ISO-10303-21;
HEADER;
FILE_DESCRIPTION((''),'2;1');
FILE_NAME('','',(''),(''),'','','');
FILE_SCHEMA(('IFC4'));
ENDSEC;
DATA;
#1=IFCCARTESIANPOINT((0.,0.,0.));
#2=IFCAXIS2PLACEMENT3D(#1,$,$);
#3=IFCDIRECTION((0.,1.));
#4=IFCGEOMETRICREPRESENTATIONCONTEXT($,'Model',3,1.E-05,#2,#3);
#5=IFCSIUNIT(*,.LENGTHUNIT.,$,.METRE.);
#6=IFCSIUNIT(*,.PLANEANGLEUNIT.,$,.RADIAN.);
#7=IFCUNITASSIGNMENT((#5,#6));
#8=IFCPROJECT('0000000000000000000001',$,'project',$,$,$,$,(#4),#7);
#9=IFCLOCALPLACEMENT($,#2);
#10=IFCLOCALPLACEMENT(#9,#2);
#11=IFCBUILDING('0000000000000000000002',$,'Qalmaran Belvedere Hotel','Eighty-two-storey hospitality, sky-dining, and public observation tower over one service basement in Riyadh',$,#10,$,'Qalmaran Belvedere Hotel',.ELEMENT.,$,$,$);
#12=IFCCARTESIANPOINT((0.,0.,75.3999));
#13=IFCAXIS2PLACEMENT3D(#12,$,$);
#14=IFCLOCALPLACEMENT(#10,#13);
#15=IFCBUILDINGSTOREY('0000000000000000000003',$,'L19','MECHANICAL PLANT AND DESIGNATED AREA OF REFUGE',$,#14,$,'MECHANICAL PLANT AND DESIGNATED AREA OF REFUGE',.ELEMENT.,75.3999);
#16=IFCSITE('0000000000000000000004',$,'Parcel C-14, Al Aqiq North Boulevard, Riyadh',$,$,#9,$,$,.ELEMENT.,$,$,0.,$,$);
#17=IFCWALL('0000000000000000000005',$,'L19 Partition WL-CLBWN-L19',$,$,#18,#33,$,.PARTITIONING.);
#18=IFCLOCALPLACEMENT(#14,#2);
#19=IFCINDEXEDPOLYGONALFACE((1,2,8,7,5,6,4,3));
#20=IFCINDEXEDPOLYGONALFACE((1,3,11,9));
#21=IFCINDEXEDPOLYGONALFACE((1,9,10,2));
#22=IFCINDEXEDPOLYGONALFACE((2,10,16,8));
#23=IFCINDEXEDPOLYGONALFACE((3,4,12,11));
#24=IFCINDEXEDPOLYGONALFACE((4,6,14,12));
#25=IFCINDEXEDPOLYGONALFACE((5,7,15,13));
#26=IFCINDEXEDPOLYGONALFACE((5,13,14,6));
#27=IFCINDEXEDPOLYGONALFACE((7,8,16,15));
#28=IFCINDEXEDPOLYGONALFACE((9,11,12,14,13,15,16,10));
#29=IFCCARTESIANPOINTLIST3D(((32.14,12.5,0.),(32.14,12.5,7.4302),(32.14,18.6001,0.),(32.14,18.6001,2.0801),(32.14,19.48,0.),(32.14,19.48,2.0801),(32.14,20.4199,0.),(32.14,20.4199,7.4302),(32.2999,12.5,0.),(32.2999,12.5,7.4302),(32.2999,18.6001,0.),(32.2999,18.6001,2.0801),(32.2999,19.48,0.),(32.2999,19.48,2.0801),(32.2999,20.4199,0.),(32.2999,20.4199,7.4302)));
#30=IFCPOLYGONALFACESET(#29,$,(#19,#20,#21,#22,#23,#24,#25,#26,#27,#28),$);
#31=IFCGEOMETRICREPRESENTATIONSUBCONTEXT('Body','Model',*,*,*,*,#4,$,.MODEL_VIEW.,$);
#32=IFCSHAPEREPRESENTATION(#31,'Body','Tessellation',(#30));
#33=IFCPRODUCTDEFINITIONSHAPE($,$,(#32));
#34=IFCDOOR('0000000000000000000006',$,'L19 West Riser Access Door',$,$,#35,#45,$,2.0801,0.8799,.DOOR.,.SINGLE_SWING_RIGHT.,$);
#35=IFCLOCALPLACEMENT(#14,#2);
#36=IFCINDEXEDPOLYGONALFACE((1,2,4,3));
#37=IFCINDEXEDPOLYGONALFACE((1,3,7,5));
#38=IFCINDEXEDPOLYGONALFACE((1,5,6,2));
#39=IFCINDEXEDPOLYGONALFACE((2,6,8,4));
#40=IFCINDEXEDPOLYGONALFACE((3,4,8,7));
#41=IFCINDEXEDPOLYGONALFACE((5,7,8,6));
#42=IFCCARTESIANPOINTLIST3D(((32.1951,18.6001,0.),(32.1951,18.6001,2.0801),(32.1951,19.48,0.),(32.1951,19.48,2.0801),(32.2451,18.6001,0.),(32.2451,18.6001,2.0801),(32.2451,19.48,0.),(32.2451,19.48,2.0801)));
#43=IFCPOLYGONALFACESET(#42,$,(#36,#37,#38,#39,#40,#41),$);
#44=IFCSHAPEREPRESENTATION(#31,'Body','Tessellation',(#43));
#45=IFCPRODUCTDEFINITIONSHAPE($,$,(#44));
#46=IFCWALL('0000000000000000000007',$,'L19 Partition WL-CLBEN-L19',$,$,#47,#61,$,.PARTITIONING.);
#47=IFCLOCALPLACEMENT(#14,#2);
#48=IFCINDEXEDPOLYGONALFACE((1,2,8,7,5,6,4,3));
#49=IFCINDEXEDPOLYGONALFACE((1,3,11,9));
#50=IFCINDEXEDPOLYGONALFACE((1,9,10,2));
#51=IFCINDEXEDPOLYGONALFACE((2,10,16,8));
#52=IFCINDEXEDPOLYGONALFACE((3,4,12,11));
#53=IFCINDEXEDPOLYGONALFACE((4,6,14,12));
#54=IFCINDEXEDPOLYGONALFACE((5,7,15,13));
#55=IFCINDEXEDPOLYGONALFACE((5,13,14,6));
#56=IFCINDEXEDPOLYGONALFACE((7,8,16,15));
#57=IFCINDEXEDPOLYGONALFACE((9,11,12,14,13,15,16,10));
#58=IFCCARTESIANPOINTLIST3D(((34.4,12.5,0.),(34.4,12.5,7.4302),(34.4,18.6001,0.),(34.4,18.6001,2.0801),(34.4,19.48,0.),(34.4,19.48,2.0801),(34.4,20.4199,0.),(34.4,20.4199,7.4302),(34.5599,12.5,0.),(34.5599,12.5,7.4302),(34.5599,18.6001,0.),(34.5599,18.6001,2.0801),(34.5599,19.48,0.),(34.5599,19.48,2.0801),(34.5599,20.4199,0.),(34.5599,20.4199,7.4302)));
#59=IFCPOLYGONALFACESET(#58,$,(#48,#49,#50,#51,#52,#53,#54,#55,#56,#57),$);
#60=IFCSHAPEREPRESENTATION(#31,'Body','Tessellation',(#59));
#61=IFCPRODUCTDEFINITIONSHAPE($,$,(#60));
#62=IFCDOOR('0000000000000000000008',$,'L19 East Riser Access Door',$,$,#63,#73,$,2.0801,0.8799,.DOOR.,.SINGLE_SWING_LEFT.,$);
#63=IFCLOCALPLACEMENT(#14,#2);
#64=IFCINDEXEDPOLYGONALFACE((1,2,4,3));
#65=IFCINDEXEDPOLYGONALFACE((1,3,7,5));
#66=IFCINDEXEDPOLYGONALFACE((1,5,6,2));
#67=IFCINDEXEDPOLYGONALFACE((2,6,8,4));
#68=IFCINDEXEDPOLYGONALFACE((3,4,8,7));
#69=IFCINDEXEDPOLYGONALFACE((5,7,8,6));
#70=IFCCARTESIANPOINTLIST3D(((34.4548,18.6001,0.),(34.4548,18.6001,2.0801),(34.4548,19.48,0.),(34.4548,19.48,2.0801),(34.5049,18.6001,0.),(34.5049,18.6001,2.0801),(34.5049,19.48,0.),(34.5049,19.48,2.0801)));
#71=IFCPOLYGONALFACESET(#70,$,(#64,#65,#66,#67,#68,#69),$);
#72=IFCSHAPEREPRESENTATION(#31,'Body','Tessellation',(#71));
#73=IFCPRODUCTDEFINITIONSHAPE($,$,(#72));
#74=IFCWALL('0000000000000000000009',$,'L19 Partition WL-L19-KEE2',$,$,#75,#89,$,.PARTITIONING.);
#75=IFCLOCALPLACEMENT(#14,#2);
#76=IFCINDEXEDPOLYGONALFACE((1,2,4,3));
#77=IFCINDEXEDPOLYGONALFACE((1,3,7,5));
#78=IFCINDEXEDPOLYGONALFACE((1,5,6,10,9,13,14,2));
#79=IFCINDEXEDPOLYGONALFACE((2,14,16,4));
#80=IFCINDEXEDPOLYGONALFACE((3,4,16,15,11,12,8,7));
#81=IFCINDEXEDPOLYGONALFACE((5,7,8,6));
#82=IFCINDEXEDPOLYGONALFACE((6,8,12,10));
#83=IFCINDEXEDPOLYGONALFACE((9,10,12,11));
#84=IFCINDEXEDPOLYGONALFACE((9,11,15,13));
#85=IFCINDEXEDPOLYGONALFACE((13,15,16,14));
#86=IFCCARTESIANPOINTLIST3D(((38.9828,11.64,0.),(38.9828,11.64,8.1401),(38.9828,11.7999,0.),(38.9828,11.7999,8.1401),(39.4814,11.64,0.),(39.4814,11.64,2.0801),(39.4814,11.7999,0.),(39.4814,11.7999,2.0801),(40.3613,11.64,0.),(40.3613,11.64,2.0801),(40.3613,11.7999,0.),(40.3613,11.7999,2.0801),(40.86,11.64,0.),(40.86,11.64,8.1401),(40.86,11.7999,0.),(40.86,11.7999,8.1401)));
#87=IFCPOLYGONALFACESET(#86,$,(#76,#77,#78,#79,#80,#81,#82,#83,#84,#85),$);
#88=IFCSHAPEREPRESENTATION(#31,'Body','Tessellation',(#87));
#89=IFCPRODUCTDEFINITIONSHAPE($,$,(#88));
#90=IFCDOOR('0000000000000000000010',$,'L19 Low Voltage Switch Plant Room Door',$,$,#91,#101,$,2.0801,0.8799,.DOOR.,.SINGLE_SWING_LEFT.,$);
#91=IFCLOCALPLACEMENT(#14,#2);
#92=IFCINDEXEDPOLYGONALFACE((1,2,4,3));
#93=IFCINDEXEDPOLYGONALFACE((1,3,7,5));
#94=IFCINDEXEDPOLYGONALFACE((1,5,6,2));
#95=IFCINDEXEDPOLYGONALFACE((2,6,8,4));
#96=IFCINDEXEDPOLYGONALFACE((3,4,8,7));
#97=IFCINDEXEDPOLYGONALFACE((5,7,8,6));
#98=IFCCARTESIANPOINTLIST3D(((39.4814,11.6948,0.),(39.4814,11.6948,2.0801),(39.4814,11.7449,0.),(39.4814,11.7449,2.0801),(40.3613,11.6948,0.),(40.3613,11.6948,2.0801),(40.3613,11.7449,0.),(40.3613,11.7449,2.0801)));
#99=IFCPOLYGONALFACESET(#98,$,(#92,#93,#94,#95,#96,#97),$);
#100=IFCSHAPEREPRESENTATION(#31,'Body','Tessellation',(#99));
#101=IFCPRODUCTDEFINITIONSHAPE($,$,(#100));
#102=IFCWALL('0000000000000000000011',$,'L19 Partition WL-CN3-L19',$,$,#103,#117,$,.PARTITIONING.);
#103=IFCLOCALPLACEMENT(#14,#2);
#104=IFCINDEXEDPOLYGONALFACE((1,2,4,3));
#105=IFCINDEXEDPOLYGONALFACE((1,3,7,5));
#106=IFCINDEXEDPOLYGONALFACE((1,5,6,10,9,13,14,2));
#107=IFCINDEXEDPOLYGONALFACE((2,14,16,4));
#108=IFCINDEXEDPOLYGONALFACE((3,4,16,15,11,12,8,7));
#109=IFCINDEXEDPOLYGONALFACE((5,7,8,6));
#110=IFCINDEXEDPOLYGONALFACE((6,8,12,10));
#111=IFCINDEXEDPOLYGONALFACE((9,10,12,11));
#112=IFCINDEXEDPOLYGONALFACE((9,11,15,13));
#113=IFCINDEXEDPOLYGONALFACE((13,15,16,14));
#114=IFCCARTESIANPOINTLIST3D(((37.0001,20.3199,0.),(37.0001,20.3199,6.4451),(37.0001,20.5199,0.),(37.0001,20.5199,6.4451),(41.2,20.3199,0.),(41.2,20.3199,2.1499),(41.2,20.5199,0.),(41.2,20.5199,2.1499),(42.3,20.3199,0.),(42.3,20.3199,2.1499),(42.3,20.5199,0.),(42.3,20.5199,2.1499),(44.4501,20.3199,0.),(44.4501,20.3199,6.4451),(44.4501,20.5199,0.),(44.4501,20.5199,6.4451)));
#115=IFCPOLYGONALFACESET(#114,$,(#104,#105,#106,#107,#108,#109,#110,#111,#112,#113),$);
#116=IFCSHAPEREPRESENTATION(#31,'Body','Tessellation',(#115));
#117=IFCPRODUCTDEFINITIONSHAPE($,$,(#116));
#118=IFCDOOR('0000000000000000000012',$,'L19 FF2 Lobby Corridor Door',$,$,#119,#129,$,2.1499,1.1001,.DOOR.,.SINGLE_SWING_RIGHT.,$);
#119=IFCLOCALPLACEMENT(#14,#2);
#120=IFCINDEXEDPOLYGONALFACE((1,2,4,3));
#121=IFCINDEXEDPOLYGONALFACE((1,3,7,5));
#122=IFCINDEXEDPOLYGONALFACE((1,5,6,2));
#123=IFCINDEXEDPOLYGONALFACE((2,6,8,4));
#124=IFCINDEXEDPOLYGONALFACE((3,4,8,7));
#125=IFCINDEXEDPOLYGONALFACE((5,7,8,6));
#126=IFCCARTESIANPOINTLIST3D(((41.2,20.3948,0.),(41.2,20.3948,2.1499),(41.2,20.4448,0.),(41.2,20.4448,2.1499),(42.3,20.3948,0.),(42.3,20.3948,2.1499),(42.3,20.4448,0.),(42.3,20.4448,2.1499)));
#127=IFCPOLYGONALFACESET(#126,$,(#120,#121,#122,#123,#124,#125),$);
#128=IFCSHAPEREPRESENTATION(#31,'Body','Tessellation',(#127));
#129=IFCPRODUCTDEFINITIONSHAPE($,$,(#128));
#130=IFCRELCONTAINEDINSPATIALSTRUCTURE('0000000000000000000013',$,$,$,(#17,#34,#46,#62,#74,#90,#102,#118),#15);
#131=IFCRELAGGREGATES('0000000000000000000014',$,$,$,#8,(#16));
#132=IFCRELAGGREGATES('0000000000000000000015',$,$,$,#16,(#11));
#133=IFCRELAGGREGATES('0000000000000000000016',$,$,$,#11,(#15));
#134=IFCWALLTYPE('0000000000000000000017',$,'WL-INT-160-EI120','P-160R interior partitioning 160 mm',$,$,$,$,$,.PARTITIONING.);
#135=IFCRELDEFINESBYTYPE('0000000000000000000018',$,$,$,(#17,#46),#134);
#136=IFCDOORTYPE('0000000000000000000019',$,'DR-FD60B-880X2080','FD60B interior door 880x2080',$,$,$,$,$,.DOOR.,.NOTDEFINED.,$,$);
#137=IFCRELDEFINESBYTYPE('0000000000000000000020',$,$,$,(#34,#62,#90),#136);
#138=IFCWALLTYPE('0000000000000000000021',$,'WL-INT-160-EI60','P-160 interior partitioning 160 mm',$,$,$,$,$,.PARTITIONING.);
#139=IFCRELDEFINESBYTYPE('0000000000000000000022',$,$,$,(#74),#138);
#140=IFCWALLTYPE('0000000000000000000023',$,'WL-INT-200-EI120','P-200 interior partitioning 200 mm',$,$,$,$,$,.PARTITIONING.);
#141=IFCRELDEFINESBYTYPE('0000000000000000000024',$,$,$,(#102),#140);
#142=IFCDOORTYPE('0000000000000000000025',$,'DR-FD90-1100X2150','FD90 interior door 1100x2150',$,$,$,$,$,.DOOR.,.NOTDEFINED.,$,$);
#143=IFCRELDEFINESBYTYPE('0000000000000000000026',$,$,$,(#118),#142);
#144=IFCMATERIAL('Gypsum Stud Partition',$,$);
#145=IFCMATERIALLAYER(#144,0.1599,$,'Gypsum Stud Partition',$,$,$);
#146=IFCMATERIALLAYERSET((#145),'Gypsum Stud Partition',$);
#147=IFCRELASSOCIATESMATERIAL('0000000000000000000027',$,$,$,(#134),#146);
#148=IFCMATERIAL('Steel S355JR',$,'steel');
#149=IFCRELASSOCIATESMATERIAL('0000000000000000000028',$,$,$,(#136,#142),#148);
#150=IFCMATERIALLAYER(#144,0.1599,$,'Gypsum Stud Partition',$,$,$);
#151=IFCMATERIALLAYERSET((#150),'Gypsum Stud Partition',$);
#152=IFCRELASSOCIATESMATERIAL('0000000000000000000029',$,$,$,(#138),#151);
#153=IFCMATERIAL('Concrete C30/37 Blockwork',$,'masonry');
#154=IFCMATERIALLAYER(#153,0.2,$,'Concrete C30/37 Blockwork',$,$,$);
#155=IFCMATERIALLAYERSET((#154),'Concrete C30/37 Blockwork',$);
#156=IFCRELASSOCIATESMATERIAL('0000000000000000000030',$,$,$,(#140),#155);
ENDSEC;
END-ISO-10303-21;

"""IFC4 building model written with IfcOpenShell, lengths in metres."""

from ifc_helpers import new_model, si_unit, direction, frame, frame_2d, origin, place, context, subcontext, project, spatial, rectangle, extrude, material, layer, layer_set, type_object, element, fill, save


model = new_model("IFC4")

# Units and contexts
model_context = context("Model", 3, precision=1e-05, world=origin(), true_north=direction((0.0, 1.0)))
body_context = subcontext(model_context, "Body", "Model", "MODEL_VIEW")
ifc_project = project(units=[si_unit("LENGTHUNIT", "METRE"), si_unit("PLANEANGLEUNIT", "RADIAN")], contexts=[model_context])

# Site, building, storey
site_placement = place(None, origin())
site = spatial("IfcSite", under=ifc_project, at=site_placement, Name="Parcel C-14, Al Aqiq North Boulevard, Riyadh", CompositionType="ELEMENT", RefElevation=0.0)
building_placement = place(site_placement, origin())
building = spatial("IfcBuilding", under=site, at=building_placement, Name="Qalmaran Belvedere Hotel", Description="Eighty-two-storey hospitality, sky-dining, and public observation tower over one service basement in Riyadh", LongName="Qalmaran Belvedere Hotel", CompositionType="ELEMENT")
storey_placement = place(building_placement, frame((0.0, 0.0, 75.3999)))
storey = spatial("IfcBuildingStorey", under=building, at=storey_placement, Name="L19", Description="MECHANICAL PLANT AND DESIGNATED AREA OF REFUGE", LongName="MECHANICAL PLANT AND DESIGNATED AREA OF REFUGE", CompositionType="ELEMENT", Elevation=75.3999)

# Shared definitions
ifc_material_1 = material(Name="Steel S355JR", Category="steel")

# Shared definitions
ifc_material_2 = material(Name="Gypsum Stud Partition")

# Shared definitions
ifc_layer_1 = layer(ifc_material_2, 0.1599, Name="Gypsum Stud Partition")
ifc_layer_set_1 = layer_set([ifc_layer_1], Name="Gypsum Stud Partition")
wall_type_1 = type_object("IfcWallType", Name="WL-INT-160-EI120", Description="P-160R interior partitioning 160 mm", PredefinedType="PARTITIONING", material=ifc_layer_set_1)

# Walls, openings, doors
wall_1_placement = place(storey_placement, frame((32.22, 12.5, 0.0), z_axis=(0.0, 0.0, 1.0), x_axis=(0.0, 1.0, 0.0)))
wall_1 = element("IfcWall", 1, at=wall_1_placement, inside=storey, type_object=wall_type_1, Name="L19 Partition WL-CLBWN-L19", PredefinedType="PARTITIONING", context=body_context, shape_type="SweptSolid", body=[
    extrude(rectangle(XDim=7.9199, YDim=0.1599, at=frame_2d((3.96, 0.0))), origin(), (0.0, 0.0, 1.0), 7.4302),
])
opening_1_placement = place(wall_1_placement, frame((6.1001, 0.0, 0.0)))
opening_1 = element("IfcOpeningElement", 2, at=opening_1_placement, cuts=wall_1, PredefinedType="OPENING", context=body_context, shape_type="SweptSolid", body=[
    extrude(rectangle(XDim=0.8799, YDim=2.0801, at=frame_2d((0.4399, 1.04))), frame((0.0, 0.0898, 0.0), z_axis=(0.0, -1.0, 0.0), x_axis=(1.0, 0.0, 0.0)), (0.0, 0.0, 1.0), 0.1799),
])
door_type_1 = type_object("IfcDoorType", Name="DR-FD60B-880X2080", Description="FD60B interior door 880x2080", OperationType="NOTDEFINED", PredefinedType="DOOR", material=ifc_material_1)
door_1_placement = place(opening_1_placement, origin())
door_1 = element("IfcDoor", 3, at=door_1_placement, inside=storey, type_object=door_type_1, Name="L19 West Riser Access Door", OperationType="SINGLE_SWING_RIGHT", OverallHeight=2.0801, OverallWidth=0.8799, PredefinedType="DOOR", context=body_context, shape_type="SweptSolid", body=[
    extrude(rectangle(XDim=0.8799, YDim=2.0801, at=frame_2d((0.4399, 1.04))), frame((0.0, 0.0249, 0.0), z_axis=(0.0, -1.0, 0.0), x_axis=(1.0, 0.0, 0.0)), (0.0, 0.0, 1.0), 0.05),
])
fill(opening_1, door_1)
wall_2_placement = place(storey_placement, frame((34.48, 12.5, 0.0), z_axis=(0.0, 0.0, 1.0), x_axis=(0.0, 1.0, 0.0)))
wall_2 = element("IfcWall", 4, at=wall_2_placement, inside=storey, type_object=wall_type_1, Name="L19 Partition WL-CLBEN-L19", PredefinedType="PARTITIONING", context=body_context, shape_type="SweptSolid", body=[
    extrude(rectangle(XDim=7.9199, YDim=0.1599, at=frame_2d((3.96, 0.0))), origin(), (0.0, 0.0, 1.0), 7.4302),
])
opening_2_placement = place(wall_2_placement, frame((6.98, 0.0, 0.0), z_axis=(0.0, 0.0, 1.0), x_axis=(-1.0, 0.0, 0.0)))
opening_2 = element("IfcOpeningElement", 5, at=opening_2_placement, cuts=wall_2, PredefinedType="OPENING", context=body_context, shape_type="SweptSolid", body=[
    extrude(rectangle(XDim=0.8799, YDim=2.0801, at=frame_2d((0.4399, 1.04))), frame((0.0, 0.0898, 0.0), z_axis=(0.0, -1.0, 0.0), x_axis=(1.0, 0.0, 0.0)), (0.0, 0.0, 1.0), 0.1799),
])
door_2_placement = place(opening_2_placement, origin())
door_2 = element("IfcDoor", 6, at=door_2_placement, inside=storey, type_object=door_type_1, Name="L19 East Riser Access Door", OperationType="SINGLE_SWING_LEFT", OverallHeight=2.0801, OverallWidth=0.8799, PredefinedType="DOOR", context=body_context, shape_type="SweptSolid", body=[
    extrude(rectangle(XDim=0.8799, YDim=2.0801, at=frame_2d((0.4399, 1.04))), frame((0.0, 0.0249, 0.0), z_axis=(0.0, -1.0, 0.0), x_axis=(1.0, 0.0, 0.0)), (0.0, 0.0, 1.0), 0.05),
])
fill(opening_2, door_2)
ifc_layer_2 = layer(ifc_material_2, 0.1599, Name="Gypsum Stud Partition")
ifc_layer_set_2 = layer_set([ifc_layer_2], Name="Gypsum Stud Partition")
wall_type_2 = type_object("IfcWallType", Name="WL-INT-160-EI60", Description="P-160 interior partitioning 160 mm", PredefinedType="PARTITIONING", material=ifc_layer_set_2)
wall_3_placement = place(storey_placement, frame((38.9829, 11.72, 0.0), z_axis=(0.0, 0.0, 1.0), x_axis=(1.0, 0.0, 0.0)))
wall_3 = element("IfcWall", 7, at=wall_3_placement, inside=storey, type_object=wall_type_2, Name="L19 Partition WL-L19-KEE2", PredefinedType="PARTITIONING", context=body_context, shape_type="SweptSolid", body=[
    extrude(rectangle(XDim=1.8772, YDim=0.1599, at=frame_2d((0.9385, 0.0))), origin(), (0.0, 0.0, 1.0), 8.1401),
])
opening_3_placement = place(wall_3_placement, frame((0.4985, 0.0, 0.0)))
opening_3 = element("IfcOpeningElement", 8, at=opening_3_placement, cuts=wall_3, PredefinedType="OPENING", context=body_context, shape_type="SweptSolid", body=[
    extrude(rectangle(XDim=0.8799, YDim=2.0801, at=frame_2d((0.4399, 1.04))), frame((0.0, 0.0898, 0.0), z_axis=(0.0, -1.0, 0.0), x_axis=(1.0, 0.0, 0.0)), (0.0, 0.0, 1.0), 0.1799),
])
door_3_placement = place(opening_3_placement, origin())
door_3 = element("IfcDoor", 9, at=door_3_placement, inside=storey, type_object=door_type_1, Name="L19 Low Voltage Switch Plant Room Door", OperationType="SINGLE_SWING_LEFT", OverallHeight=2.0801, OverallWidth=0.8799, PredefinedType="DOOR", context=body_context, shape_type="SweptSolid", body=[
    extrude(rectangle(XDim=0.8799, YDim=2.0801, at=frame_2d((0.4399, 1.04))), frame((0.0, 0.0249, 0.0), z_axis=(0.0, -1.0, 0.0), x_axis=(1.0, 0.0, 0.0)), (0.0, 0.0, 1.0), 0.05),
])
fill(opening_3, door_3)
ifc_material_3 = material(Name="Concrete C30/37 Blockwork", Category="masonry")
ifc_layer_3 = layer(ifc_material_3, 0.2, Name="Concrete C30/37 Blockwork")
ifc_layer_set_3 = layer_set([ifc_layer_3], Name="Concrete C30/37 Blockwork")
wall_type_3 = type_object("IfcWallType", Name="WL-INT-200-EI120", Description="P-200 interior partitioning 200 mm", PredefinedType="PARTITIONING", material=ifc_layer_set_3)
wall_4_placement = place(storey_placement, frame((37.0, 20.4199, 0.0), z_axis=(0.0, 0.0, 1.0), x_axis=(1.0, 0.0, 0.0)))
wall_4 = element("IfcWall", 10, at=wall_4_placement, inside=storey, type_object=wall_type_3, Name="L19 Partition WL-CN3-L19", PredefinedType="PARTITIONING", context=body_context, shape_type="SweptSolid", body=[
    extrude(rectangle(XDim=7.45, YDim=0.2, at=frame_2d((3.7251, 0.0))), origin(), (0.0, 0.0, 1.0), 6.4451),
])
opening_4_placement = place(wall_4_placement, frame((4.2, 0.0, 0.0)))
opening_4 = element("IfcOpeningElement", 11, at=opening_4_placement, cuts=wall_4, PredefinedType="OPENING", context=body_context, shape_type="SweptSolid", body=[
    extrude(rectangle(XDim=1.1001, YDim=2.1499, at=frame_2d((0.55, 1.075))), frame((0.0, 0.1099, 0.0), z_axis=(0.0, -1.0, 0.0), x_axis=(1.0, 0.0, 0.0)), (0.0, 0.0, 1.0), 0.22),
])
door_type_2 = type_object("IfcDoorType", Name="DR-FD90-1100X2150", Description="FD90 interior door 1100x2150", OperationType="NOTDEFINED", PredefinedType="DOOR", material=ifc_material_1)
door_4_placement = place(opening_4_placement, origin())
door_4 = element("IfcDoor", 12, at=door_4_placement, inside=storey, type_object=door_type_2, Name="L19 FF2 Lobby Corridor Door", OperationType="SINGLE_SWING_RIGHT", OverallHeight=2.1499, OverallWidth=1.1001, PredefinedType="DOOR", context=body_context, shape_type="SweptSolid", body=[
    extrude(rectangle(XDim=1.1001, YDim=2.1499, at=frame_2d((0.55, 1.075))), frame((0.0, 0.0249, 0.0), z_axis=(0.0, -1.0, 0.0), x_axis=(1.0, 0.0, 0.0)), (0.0, 0.0, 1.0), 0.05),
])
fill(opening_4, door_4)

save(model, "model.ifc")
